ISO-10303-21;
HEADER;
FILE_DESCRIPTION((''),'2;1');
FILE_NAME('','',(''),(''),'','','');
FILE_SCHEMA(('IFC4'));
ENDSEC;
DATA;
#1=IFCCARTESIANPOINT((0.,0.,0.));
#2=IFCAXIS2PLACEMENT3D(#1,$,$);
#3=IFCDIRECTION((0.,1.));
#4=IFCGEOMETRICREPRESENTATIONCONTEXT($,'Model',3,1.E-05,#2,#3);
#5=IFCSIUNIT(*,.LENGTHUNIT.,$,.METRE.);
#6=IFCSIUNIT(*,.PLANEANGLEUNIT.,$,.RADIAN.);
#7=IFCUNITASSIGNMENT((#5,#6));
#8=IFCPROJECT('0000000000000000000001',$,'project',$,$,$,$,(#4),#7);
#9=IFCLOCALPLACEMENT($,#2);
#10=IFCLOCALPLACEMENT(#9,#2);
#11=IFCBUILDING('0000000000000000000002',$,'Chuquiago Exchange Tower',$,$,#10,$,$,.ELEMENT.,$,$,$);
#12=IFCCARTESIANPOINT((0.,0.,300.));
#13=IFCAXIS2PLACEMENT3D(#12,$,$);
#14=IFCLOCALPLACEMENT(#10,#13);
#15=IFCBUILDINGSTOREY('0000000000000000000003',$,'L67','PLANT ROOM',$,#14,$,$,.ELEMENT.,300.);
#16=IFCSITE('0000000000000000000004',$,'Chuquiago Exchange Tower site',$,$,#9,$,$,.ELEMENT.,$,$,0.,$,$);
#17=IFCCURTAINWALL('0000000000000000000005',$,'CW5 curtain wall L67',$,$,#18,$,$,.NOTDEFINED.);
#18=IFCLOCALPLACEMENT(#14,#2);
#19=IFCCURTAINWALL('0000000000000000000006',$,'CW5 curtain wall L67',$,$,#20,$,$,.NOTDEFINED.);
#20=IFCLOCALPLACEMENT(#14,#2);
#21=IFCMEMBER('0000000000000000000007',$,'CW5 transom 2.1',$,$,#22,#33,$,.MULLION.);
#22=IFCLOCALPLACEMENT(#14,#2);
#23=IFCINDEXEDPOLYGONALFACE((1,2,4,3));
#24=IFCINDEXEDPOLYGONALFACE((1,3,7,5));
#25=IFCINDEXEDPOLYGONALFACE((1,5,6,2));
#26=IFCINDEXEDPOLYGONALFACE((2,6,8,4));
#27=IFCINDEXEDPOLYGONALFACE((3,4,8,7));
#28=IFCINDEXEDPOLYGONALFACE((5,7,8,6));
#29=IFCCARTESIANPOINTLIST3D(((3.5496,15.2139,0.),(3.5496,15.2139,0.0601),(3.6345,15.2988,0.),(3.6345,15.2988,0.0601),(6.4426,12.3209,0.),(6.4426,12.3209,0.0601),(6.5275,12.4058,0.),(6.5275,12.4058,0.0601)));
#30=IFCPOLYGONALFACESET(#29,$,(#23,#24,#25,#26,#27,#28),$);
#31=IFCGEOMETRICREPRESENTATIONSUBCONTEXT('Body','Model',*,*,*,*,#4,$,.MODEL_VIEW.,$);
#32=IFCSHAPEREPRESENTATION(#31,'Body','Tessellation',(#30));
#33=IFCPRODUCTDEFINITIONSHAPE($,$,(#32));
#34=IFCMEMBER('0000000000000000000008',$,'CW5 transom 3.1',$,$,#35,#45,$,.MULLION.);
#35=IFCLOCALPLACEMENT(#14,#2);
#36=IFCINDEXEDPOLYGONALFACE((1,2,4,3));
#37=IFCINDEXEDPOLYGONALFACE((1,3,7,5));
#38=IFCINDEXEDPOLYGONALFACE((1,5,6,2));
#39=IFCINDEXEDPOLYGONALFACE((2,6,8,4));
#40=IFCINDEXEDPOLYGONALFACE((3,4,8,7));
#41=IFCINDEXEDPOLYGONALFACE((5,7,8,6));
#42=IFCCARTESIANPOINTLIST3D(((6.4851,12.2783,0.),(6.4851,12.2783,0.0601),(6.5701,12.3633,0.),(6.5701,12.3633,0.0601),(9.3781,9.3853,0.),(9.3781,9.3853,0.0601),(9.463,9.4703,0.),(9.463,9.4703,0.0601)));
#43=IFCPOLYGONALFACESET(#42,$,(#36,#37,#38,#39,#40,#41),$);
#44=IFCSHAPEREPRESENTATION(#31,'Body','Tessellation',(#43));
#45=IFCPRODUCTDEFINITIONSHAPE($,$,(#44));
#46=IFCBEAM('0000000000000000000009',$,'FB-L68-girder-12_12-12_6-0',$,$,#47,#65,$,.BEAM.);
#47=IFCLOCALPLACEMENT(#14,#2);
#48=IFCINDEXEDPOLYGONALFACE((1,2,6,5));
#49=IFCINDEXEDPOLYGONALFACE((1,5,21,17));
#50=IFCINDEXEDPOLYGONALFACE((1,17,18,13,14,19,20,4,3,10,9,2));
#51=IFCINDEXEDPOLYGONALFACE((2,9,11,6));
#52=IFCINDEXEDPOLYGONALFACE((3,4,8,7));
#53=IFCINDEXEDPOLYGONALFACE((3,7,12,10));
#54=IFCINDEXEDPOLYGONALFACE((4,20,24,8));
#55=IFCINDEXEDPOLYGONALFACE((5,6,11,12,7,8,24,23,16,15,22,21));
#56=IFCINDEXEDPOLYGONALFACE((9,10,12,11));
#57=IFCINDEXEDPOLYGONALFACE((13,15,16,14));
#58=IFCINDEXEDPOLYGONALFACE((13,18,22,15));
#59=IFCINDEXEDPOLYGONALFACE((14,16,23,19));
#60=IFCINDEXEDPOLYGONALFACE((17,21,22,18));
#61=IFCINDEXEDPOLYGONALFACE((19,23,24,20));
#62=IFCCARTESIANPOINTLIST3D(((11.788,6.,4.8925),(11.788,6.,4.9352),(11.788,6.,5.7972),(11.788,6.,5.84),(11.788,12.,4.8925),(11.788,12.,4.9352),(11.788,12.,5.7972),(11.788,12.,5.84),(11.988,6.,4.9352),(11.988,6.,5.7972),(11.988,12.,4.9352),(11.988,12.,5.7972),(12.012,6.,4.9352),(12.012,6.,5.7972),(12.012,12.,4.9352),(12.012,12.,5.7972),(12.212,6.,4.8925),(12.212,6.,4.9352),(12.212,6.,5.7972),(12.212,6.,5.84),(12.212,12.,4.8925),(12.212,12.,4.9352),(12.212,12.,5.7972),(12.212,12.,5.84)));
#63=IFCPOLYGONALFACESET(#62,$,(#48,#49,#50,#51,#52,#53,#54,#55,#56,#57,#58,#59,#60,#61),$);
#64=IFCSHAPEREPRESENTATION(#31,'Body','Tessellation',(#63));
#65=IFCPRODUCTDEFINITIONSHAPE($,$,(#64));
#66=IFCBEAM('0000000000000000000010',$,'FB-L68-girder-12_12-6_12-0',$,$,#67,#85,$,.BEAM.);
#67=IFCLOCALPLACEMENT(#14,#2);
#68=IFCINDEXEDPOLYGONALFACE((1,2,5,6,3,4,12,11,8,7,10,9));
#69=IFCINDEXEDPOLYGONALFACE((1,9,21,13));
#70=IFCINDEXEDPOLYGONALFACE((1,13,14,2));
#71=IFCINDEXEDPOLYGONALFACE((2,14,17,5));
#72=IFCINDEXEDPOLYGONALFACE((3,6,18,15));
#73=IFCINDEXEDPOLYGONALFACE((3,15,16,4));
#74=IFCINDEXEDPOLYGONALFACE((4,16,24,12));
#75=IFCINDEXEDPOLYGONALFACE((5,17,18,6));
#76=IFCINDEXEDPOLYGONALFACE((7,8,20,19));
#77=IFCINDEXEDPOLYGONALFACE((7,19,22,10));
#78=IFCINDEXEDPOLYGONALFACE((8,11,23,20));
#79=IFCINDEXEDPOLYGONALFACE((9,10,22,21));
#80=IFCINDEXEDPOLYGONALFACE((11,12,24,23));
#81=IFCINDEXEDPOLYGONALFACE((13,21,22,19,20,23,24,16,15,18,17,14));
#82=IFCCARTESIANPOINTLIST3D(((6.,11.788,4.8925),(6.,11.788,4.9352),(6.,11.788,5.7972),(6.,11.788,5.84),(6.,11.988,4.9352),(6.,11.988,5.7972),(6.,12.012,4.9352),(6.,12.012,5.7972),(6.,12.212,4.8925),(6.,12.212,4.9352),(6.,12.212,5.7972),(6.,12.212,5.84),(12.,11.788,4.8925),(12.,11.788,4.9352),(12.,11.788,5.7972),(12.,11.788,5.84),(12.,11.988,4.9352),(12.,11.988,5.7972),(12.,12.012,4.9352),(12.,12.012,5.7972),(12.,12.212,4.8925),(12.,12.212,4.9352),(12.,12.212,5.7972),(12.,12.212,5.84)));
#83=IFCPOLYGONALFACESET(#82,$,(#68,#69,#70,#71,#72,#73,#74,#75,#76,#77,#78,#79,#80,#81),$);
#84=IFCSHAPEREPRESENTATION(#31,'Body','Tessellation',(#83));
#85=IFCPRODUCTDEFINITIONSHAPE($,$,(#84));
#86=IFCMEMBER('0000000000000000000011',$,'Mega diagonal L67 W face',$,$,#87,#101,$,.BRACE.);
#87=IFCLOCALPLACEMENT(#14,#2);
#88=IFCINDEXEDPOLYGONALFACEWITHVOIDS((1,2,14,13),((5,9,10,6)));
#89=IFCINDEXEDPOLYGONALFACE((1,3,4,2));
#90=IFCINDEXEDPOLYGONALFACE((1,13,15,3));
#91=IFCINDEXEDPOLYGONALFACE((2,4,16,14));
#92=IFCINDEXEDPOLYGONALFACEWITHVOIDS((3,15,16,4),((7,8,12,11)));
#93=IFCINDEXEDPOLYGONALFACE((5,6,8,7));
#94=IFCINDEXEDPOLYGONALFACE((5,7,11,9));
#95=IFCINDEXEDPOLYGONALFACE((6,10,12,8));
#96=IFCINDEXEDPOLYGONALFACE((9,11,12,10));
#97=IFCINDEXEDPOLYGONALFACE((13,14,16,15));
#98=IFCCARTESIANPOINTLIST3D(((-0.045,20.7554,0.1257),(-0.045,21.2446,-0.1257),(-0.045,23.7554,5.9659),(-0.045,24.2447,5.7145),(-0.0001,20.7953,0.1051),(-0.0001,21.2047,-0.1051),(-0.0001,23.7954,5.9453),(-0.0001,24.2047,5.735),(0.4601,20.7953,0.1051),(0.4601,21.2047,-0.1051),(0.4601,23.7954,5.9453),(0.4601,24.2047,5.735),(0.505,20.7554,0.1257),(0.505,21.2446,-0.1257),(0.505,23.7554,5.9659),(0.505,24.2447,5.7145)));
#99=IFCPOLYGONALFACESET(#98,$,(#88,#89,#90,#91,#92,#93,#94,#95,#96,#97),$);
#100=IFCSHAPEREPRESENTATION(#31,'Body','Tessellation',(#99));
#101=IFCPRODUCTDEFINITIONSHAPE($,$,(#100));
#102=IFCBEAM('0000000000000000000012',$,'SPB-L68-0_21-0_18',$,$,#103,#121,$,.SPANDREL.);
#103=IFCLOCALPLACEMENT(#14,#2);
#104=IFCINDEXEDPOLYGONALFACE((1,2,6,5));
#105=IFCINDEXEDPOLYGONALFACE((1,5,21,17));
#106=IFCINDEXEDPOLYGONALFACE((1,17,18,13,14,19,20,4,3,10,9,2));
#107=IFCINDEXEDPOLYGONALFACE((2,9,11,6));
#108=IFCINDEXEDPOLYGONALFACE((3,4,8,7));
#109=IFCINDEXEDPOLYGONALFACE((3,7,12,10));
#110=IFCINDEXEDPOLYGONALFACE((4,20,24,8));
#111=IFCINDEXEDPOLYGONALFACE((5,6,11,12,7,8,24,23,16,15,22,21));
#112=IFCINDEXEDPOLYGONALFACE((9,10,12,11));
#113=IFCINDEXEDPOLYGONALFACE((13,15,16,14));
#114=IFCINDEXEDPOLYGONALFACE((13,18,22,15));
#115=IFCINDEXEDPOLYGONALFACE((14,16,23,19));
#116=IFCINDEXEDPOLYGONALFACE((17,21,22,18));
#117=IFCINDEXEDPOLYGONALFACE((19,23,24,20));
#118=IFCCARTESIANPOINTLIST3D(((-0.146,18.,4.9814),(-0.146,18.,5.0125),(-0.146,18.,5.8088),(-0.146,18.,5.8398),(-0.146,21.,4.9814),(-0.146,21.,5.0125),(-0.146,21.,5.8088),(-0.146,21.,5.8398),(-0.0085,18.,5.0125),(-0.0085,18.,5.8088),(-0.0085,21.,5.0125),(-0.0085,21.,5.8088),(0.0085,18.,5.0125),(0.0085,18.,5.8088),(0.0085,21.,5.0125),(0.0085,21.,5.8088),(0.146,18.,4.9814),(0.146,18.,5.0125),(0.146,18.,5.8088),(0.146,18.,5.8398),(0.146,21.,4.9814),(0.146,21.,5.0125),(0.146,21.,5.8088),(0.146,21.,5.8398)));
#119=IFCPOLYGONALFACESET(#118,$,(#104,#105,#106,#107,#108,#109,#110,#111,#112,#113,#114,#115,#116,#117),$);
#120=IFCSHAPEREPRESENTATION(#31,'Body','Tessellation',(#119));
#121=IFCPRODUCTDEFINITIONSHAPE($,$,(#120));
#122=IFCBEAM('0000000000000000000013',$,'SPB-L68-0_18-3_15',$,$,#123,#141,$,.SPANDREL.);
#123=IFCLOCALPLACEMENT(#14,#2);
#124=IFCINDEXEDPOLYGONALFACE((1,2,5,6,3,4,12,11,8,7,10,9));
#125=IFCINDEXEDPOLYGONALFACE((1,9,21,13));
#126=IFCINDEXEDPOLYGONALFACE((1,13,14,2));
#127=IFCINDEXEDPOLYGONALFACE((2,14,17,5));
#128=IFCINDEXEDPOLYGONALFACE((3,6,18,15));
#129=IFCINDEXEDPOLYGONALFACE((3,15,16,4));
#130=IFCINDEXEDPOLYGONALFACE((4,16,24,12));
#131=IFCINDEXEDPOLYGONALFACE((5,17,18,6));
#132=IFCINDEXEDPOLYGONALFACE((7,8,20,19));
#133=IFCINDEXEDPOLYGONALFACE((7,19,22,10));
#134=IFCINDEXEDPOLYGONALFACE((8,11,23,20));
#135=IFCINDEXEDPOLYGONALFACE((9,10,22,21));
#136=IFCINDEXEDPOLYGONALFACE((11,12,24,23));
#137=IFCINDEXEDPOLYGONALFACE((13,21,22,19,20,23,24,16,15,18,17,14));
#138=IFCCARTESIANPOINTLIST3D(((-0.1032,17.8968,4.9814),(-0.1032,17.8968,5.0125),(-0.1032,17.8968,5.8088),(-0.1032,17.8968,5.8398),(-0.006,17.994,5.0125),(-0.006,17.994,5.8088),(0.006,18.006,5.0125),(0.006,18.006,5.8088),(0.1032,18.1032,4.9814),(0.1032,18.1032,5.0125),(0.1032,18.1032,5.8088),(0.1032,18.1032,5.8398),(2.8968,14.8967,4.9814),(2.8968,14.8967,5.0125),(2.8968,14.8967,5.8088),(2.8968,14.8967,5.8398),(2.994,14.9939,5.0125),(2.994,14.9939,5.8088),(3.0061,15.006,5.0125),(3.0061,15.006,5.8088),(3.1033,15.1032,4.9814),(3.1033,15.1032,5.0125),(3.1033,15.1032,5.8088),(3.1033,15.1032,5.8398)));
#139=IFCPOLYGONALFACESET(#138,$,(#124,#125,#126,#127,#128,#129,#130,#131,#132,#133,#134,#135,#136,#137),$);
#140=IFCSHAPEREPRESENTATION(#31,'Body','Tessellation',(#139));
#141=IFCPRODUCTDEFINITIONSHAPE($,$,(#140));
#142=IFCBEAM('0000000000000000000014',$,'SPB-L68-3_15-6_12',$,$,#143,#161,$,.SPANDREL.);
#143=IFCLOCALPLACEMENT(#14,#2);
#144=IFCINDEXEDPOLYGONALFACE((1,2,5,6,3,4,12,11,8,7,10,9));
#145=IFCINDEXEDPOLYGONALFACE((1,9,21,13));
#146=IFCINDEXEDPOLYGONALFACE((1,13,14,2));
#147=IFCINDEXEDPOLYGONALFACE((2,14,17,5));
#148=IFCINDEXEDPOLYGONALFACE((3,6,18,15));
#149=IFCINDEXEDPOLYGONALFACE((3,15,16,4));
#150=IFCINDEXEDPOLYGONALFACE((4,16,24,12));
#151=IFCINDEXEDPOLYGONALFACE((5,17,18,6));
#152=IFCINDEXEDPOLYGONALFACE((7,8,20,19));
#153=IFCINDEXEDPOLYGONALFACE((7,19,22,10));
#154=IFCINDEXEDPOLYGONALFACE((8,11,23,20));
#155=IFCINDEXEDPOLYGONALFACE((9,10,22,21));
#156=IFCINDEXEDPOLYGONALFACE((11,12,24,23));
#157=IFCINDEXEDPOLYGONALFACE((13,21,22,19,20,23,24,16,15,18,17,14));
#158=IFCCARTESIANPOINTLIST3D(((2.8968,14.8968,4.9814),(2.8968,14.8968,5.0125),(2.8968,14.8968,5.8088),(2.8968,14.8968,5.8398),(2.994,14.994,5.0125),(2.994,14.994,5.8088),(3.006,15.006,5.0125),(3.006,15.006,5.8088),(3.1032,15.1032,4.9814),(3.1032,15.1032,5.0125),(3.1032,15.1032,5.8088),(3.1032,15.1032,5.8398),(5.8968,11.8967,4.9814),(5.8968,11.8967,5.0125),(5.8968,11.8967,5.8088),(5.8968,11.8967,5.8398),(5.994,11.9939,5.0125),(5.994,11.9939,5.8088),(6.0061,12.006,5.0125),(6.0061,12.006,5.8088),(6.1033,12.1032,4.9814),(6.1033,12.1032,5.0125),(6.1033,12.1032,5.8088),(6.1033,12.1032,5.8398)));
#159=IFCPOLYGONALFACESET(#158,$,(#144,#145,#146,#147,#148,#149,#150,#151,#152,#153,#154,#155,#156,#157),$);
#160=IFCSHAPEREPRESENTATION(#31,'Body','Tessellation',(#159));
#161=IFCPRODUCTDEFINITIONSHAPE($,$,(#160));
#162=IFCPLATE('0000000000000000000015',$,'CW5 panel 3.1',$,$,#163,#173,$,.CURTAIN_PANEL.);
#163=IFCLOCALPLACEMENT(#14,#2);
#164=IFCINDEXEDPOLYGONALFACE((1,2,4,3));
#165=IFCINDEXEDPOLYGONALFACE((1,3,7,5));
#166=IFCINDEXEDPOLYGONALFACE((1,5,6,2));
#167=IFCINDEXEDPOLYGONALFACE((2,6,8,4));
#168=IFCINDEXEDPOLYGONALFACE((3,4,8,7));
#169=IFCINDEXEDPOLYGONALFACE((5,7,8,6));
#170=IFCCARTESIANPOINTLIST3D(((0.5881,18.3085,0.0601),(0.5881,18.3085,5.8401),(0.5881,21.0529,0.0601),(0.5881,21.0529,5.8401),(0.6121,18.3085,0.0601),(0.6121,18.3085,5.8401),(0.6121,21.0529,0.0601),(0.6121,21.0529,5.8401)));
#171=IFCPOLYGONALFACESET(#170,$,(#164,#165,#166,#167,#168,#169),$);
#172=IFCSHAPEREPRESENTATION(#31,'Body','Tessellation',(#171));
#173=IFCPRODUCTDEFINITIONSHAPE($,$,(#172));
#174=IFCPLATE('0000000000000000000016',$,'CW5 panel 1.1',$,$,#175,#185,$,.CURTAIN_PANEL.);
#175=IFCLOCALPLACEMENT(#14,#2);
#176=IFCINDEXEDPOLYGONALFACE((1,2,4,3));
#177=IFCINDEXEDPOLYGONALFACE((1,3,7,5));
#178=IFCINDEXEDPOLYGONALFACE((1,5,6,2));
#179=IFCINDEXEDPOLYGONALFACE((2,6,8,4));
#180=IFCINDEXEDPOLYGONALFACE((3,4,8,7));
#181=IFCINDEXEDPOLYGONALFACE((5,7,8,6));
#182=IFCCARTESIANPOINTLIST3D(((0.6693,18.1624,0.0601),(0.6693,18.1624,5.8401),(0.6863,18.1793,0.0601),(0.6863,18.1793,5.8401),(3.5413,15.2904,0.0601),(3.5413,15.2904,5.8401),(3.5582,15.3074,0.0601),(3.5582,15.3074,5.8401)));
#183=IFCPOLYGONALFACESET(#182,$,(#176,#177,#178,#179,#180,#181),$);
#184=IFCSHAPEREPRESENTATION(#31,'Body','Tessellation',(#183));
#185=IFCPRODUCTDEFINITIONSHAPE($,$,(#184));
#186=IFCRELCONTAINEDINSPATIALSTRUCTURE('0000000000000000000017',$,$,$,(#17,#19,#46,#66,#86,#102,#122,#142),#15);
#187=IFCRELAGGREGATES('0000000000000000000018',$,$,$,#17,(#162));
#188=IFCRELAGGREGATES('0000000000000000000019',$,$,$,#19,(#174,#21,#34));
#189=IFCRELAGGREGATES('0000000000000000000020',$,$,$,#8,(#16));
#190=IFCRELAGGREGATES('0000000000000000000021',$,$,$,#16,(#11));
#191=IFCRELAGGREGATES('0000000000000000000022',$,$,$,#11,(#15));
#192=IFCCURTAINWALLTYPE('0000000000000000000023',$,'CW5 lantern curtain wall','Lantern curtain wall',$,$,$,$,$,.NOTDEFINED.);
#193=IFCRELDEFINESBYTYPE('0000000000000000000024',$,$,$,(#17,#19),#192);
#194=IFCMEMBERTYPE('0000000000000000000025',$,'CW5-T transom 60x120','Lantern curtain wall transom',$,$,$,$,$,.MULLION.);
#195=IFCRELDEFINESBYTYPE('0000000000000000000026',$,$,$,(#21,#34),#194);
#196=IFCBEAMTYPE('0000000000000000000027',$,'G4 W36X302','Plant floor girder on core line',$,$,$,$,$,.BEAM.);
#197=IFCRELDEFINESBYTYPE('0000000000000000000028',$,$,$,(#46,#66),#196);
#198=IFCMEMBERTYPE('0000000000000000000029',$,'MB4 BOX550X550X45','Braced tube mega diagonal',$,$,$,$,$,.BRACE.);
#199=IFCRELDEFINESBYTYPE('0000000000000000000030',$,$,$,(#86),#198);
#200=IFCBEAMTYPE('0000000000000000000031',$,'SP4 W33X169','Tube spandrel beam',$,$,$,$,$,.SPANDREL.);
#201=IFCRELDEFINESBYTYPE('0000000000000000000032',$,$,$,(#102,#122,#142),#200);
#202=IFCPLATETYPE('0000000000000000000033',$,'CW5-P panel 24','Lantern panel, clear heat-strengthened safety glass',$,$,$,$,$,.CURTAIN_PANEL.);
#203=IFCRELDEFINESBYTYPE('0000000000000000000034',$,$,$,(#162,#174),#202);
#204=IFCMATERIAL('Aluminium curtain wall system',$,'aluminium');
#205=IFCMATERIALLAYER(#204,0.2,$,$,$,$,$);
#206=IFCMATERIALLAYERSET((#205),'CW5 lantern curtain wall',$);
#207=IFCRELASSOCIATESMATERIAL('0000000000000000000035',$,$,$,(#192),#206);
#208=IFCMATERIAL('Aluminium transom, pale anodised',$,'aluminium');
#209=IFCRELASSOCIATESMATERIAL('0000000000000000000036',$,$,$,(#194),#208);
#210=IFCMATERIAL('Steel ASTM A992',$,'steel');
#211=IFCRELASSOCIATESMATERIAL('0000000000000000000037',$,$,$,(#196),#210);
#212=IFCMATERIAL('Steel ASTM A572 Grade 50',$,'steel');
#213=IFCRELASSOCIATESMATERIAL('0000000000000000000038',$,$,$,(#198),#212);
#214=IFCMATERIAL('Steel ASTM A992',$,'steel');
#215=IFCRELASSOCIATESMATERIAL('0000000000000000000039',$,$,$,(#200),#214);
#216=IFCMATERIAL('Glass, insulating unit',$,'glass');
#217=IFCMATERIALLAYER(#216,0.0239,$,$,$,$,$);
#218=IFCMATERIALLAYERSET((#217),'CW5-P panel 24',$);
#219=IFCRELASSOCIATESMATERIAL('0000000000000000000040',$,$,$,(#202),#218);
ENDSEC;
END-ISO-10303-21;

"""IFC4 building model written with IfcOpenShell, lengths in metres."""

from ifc_helpers import new_model, si_unit, direction, frame, origin, origin_2d, place, context, subcontext, project, spatial, rectangle, hollow_rectangle, i_section, extrude, material, layer, layer_set, material_profile, profile_set, type_object, element, aggregate, save


model = new_model("IFC4")

# Units and contexts
model_context = context("Model", 3, precision=1e-05, world=origin(), true_north=direction((0.0, 1.0)))
body_context = subcontext(model_context, "Body", "Model", "MODEL_VIEW")
ifc_project = project(units=[si_unit("LENGTHUNIT", "METRE"), si_unit("PLANEANGLEUNIT", "RADIAN")], contexts=[model_context])

# Site, building, storey
site_placement = place(None, origin())
site = spatial("IfcSite", under=ifc_project, at=site_placement, Name="Chuquiago Exchange Tower site", CompositionType="ELEMENT", RefElevation=0.0)
building_placement = place(site_placement, origin())
building = spatial("IfcBuilding", under=site, at=building_placement, Name="Chuquiago Exchange Tower", CompositionType="ELEMENT")
storey_placement = place(building_placement, frame((0.0, 0.0, 300.0)))
storey = spatial("IfcBuildingStorey", under=building, at=storey_placement, Name="L67", Description="PLANT ROOM", CompositionType="ELEMENT", Elevation=300.0)

# Curtain wall
ifc_material_1 = material(Name="Aluminium curtain wall system", Category="aluminium")
ifc_layer_1 = layer(ifc_material_1, 0.2)
ifc_layer_set_1 = layer_set([ifc_layer_1], Name="CW5 lantern curtain wall")
curtain_wall_type = type_object("IfcCurtainWallType", Name="CW5 lantern curtain wall", Description="Lantern curtain wall", PredefinedType="NOTDEFINED", material=ifc_layer_set_1)
curtain_wall_1_placement = place(storey_placement, origin())
curtain_wall_1 = element("IfcCurtainWall", 1, at=curtain_wall_1_placement, inside=storey, type_object=curtain_wall_type, Name="CW5 curtain wall L67", PredefinedType="NOTDEFINED")

# Curtain wall, members
curtain_wall_2_placement = place(storey_placement, origin())
curtain_wall_2 = element("IfcCurtainWall", 2, at=curtain_wall_2_placement, inside=storey, type_object=curtain_wall_type, Name="CW5 curtain wall L67", PredefinedType="NOTDEFINED")
ifc_material_2 = material(Name="Aluminium transom, pale anodised", Category="aluminium")
ifc_material_profile_1 = material_profile(ifc_material_2, rectangle(XDim=0.1201, YDim=0.0601, at=origin_2d()), Name="AL 120x60")
ifc_profile_set_1 = profile_set([ifc_material_profile_1], Name="Aluminium transom, pale anodised")
member_type_1 = type_object("IfcMemberType", Name="CW5-T transom 60x120", Description="Lantern curtain wall transom", PredefinedType="MULLION", material=ifc_profile_set_1)
member_1_placement = place(storey_placement, frame((3.592, 15.2563, 0.03), z_axis=(0.707107, -0.707107, 0.0), x_axis=(0.707107, 0.707107, 0.0)))
member_1 = element("IfcMember", 3, at=member_1_placement, type_object=member_type_1, Name="CW5 transom 2.1", PredefinedType="MULLION", context=body_context, shape_type="SweptSolid", body=[
    extrude(rectangle(XDim=0.1201, YDim=0.0601, at=origin_2d()), origin(), (0.0, 0.0, 1.0), 4.0913),
])
member_2_placement = place(storey_placement, frame((6.5276, 12.3208, 0.03), z_axis=(0.707107, -0.707107, 0.0), x_axis=(0.707107, 0.707107, 0.0)))
member_2 = element("IfcMember", 4, at=member_2_placement, type_object=member_type_1, Name="CW5 transom 3.1", PredefinedType="MULLION", context=body_context, shape_type="SweptSolid", body=[
    extrude(rectangle(XDim=0.1201, YDim=0.0601, at=origin_2d()), origin(), (0.0, 0.0, 1.0), 4.0913),
])

# Beams
ifc_material_3 = material(Name="Steel ASTM A992", Category="steel")
ifc_material_profile_2 = material_profile(ifc_material_3, i_section(OverallWidth=0.4241, OverallDepth=0.9475, WebThickness=0.0239, FlangeThickness=0.0427, at=origin_2d()), Name="W36X302")
ifc_profile_set_2 = profile_set([ifc_material_profile_2], Name="Steel ASTM A992")
beam_type_1 = type_object("IfcBeamType", Name="G4 W36X302", Description="Plant floor girder on core line", PredefinedType="BEAM", material=ifc_profile_set_2)
for number, where, z_axis, x_axis, name in (
    (5, (12.0, 12.0, 5.3662), (0.0, -1.0, 0.0), (1.0, 0.0, 0.0), "FB-L68-girder-12_12-12_6-0"),
    (6, (12.0, 12.0, 5.3662), (-1.0, 0.0, 0.0), (0.0, -1.0, 0.0), "FB-L68-girder-12_12-6_12-0"),
):
    element("IfcBeam", number, at=place(storey_placement, frame(where, z_axis=z_axis, x_axis=x_axis)), inside=storey, type_object=beam_type_1, Name=name, PredefinedType="BEAM", context=body_context, shape_type="SweptSolid", body=[
        extrude(i_section(OverallWidth=0.4241, OverallDepth=0.9475, WebThickness=0.0239, FlangeThickness=0.0427, at=origin_2d()), origin(), (0.0, 0.0, 1.0), 6.0),
    ])

# Member
ifc_material_4 = material(Name="Steel ASTM A572 Grade 50", Category="steel")
ifc_material_profile_3 = material_profile(ifc_material_4, hollow_rectangle(XDim=0.55, YDim=0.55, WallThickness=0.0449, at=origin_2d()), Name="BOX550X550X45")
ifc_profile_set_3 = profile_set([ifc_material_profile_3], Name="Steel ASTM A572 Grade 50")
member_type_2 = type_object("IfcMemberType", Name="MB4 BOX550X550X45", Description="Braced tube mega diagonal", PredefinedType="BRACE", material=ifc_profile_set_3)
member_3_placement = place(storey_placement, frame((0.23, 21.0, 0.0), z_axis=(0.0, 0.45693, 0.889503), x_axis=(-1.0, 0.0, 0.0)))
element("IfcMember", 7, at=member_3_placement, inside=storey, type_object=member_type_2, Name="Mega diagonal L67 W face", PredefinedType="BRACE", context=body_context, shape_type="SweptSolid", body=[
    extrude(hollow_rectangle(XDim=0.55, YDim=0.55, WallThickness=0.0449, at=origin_2d()), origin(), (0.0, 0.0, 1.0), 6.5657),
])

# Beams
ifc_material_5 = material(Name="Steel ASTM A992", Category="steel")
ifc_material_profile_4 = material_profile(ifc_material_5, i_section(OverallWidth=0.292, OverallDepth=0.8584, WebThickness=0.0171, FlangeThickness=0.031, at=origin_2d()), Name="W33X169")
ifc_profile_set_4 = profile_set([ifc_material_profile_4], Name="Steel ASTM A992")
beam_type_2 = type_object("IfcBeamType", Name="SP4 W33X169", Description="Tube spandrel beam", PredefinedType="SPANDREL", material=ifc_profile_set_4)
beam_1_placement = place(storey_placement, frame((0.0, 21.0, 5.4106), z_axis=(0.0, -1.0, 0.0), x_axis=(1.0, 0.0, 0.0)))
element("IfcBeam", 8, at=beam_1_placement, inside=storey, type_object=beam_type_2, Name="SPB-L68-0_21-0_18", PredefinedType="SPANDREL", context=body_context, shape_type="SweptSolid", body=[
    extrude(i_section(OverallWidth=0.292, OverallDepth=0.8584, WebThickness=0.0171, FlangeThickness=0.031, at=origin_2d()), origin(), (0.0, 0.0, 1.0), 3.0),
])
for number, where, z_axis, x_axis, name in (
    (9, (0.0, 18.0, 5.4106), (0.707107, -0.707107, 0.0), (0.707107, 0.707107, 0.0), "SPB-L68-0_18-3_15"),
    (10, (3.0, 15.0, 5.4106), (0.707107, -0.707107, 0.0), (0.707107, 0.707107, 0.0), "SPB-L68-3_15-6_12"),
):
    element("IfcBeam", number, at=place(storey_placement, frame(where, z_axis=z_axis, x_axis=x_axis)), inside=storey, type_object=beam_type_2, Name=name, PredefinedType="SPANDREL", context=body_context, shape_type="SweptSolid", body=[
        extrude(i_section(OverallWidth=0.292, OverallDepth=0.8584, WebThickness=0.0171, FlangeThickness=0.031, at=origin_2d()), origin(), (0.0, 0.0, 1.0), 4.2427),
    ])

# Plates
ifc_material_6 = material(Name="Glass, insulating unit", Category="glass")
ifc_layer_2 = layer(ifc_material_6, 0.0239)
ifc_layer_set_2 = layer_set([ifc_layer_2], Name="CW5-P panel 24")
plate_type = type_object("IfcPlateType", Name="CW5-P panel 24", Description="Lantern panel, clear heat-strengthened safety glass", PredefinedType="CURTAIN_PANEL", material=ifc_layer_set_2)
plate_1_placement = place(storey_placement, frame((0.6001, 19.6807, 0.0601), z_axis=(0.0, 0.0, 1.0), x_axis=(0.0, -1.0, 0.0)))
plate_1 = element("IfcPlate", 11, at=plate_1_placement, type_object=plate_type, Name="CW5 panel 3.1", PredefinedType="CURTAIN_PANEL", context=body_context, shape_type="SweptSolid", body=[
    extrude(rectangle(XDim=2.7444, YDim=0.0239, at=origin_2d()), origin(), (0.0, 0.0, 1.0), 5.78),
])
aggregate(curtain_wall_1, [plate_1])
plate_2_placement = place(storey_placement, frame((2.1138, 16.7349, 0.0601), z_axis=(0.0, 0.0, 1.0), x_axis=(0.707105, -0.707109, 0.0)))
plate_2 = element("IfcPlate", 12, at=plate_2_placement, type_object=plate_type, Name="CW5 panel 1.1", PredefinedType="CURTAIN_PANEL", context=body_context, shape_type="SweptSolid", body=[
    extrude(rectangle(XDim=4.0615, YDim=0.0239, at=origin_2d()), origin(), (0.0, 0.0, 1.0), 5.78),
])
aggregate(curtain_wall_2, [plate_2, member_1, member_2])

save(model, "model.ifc")
